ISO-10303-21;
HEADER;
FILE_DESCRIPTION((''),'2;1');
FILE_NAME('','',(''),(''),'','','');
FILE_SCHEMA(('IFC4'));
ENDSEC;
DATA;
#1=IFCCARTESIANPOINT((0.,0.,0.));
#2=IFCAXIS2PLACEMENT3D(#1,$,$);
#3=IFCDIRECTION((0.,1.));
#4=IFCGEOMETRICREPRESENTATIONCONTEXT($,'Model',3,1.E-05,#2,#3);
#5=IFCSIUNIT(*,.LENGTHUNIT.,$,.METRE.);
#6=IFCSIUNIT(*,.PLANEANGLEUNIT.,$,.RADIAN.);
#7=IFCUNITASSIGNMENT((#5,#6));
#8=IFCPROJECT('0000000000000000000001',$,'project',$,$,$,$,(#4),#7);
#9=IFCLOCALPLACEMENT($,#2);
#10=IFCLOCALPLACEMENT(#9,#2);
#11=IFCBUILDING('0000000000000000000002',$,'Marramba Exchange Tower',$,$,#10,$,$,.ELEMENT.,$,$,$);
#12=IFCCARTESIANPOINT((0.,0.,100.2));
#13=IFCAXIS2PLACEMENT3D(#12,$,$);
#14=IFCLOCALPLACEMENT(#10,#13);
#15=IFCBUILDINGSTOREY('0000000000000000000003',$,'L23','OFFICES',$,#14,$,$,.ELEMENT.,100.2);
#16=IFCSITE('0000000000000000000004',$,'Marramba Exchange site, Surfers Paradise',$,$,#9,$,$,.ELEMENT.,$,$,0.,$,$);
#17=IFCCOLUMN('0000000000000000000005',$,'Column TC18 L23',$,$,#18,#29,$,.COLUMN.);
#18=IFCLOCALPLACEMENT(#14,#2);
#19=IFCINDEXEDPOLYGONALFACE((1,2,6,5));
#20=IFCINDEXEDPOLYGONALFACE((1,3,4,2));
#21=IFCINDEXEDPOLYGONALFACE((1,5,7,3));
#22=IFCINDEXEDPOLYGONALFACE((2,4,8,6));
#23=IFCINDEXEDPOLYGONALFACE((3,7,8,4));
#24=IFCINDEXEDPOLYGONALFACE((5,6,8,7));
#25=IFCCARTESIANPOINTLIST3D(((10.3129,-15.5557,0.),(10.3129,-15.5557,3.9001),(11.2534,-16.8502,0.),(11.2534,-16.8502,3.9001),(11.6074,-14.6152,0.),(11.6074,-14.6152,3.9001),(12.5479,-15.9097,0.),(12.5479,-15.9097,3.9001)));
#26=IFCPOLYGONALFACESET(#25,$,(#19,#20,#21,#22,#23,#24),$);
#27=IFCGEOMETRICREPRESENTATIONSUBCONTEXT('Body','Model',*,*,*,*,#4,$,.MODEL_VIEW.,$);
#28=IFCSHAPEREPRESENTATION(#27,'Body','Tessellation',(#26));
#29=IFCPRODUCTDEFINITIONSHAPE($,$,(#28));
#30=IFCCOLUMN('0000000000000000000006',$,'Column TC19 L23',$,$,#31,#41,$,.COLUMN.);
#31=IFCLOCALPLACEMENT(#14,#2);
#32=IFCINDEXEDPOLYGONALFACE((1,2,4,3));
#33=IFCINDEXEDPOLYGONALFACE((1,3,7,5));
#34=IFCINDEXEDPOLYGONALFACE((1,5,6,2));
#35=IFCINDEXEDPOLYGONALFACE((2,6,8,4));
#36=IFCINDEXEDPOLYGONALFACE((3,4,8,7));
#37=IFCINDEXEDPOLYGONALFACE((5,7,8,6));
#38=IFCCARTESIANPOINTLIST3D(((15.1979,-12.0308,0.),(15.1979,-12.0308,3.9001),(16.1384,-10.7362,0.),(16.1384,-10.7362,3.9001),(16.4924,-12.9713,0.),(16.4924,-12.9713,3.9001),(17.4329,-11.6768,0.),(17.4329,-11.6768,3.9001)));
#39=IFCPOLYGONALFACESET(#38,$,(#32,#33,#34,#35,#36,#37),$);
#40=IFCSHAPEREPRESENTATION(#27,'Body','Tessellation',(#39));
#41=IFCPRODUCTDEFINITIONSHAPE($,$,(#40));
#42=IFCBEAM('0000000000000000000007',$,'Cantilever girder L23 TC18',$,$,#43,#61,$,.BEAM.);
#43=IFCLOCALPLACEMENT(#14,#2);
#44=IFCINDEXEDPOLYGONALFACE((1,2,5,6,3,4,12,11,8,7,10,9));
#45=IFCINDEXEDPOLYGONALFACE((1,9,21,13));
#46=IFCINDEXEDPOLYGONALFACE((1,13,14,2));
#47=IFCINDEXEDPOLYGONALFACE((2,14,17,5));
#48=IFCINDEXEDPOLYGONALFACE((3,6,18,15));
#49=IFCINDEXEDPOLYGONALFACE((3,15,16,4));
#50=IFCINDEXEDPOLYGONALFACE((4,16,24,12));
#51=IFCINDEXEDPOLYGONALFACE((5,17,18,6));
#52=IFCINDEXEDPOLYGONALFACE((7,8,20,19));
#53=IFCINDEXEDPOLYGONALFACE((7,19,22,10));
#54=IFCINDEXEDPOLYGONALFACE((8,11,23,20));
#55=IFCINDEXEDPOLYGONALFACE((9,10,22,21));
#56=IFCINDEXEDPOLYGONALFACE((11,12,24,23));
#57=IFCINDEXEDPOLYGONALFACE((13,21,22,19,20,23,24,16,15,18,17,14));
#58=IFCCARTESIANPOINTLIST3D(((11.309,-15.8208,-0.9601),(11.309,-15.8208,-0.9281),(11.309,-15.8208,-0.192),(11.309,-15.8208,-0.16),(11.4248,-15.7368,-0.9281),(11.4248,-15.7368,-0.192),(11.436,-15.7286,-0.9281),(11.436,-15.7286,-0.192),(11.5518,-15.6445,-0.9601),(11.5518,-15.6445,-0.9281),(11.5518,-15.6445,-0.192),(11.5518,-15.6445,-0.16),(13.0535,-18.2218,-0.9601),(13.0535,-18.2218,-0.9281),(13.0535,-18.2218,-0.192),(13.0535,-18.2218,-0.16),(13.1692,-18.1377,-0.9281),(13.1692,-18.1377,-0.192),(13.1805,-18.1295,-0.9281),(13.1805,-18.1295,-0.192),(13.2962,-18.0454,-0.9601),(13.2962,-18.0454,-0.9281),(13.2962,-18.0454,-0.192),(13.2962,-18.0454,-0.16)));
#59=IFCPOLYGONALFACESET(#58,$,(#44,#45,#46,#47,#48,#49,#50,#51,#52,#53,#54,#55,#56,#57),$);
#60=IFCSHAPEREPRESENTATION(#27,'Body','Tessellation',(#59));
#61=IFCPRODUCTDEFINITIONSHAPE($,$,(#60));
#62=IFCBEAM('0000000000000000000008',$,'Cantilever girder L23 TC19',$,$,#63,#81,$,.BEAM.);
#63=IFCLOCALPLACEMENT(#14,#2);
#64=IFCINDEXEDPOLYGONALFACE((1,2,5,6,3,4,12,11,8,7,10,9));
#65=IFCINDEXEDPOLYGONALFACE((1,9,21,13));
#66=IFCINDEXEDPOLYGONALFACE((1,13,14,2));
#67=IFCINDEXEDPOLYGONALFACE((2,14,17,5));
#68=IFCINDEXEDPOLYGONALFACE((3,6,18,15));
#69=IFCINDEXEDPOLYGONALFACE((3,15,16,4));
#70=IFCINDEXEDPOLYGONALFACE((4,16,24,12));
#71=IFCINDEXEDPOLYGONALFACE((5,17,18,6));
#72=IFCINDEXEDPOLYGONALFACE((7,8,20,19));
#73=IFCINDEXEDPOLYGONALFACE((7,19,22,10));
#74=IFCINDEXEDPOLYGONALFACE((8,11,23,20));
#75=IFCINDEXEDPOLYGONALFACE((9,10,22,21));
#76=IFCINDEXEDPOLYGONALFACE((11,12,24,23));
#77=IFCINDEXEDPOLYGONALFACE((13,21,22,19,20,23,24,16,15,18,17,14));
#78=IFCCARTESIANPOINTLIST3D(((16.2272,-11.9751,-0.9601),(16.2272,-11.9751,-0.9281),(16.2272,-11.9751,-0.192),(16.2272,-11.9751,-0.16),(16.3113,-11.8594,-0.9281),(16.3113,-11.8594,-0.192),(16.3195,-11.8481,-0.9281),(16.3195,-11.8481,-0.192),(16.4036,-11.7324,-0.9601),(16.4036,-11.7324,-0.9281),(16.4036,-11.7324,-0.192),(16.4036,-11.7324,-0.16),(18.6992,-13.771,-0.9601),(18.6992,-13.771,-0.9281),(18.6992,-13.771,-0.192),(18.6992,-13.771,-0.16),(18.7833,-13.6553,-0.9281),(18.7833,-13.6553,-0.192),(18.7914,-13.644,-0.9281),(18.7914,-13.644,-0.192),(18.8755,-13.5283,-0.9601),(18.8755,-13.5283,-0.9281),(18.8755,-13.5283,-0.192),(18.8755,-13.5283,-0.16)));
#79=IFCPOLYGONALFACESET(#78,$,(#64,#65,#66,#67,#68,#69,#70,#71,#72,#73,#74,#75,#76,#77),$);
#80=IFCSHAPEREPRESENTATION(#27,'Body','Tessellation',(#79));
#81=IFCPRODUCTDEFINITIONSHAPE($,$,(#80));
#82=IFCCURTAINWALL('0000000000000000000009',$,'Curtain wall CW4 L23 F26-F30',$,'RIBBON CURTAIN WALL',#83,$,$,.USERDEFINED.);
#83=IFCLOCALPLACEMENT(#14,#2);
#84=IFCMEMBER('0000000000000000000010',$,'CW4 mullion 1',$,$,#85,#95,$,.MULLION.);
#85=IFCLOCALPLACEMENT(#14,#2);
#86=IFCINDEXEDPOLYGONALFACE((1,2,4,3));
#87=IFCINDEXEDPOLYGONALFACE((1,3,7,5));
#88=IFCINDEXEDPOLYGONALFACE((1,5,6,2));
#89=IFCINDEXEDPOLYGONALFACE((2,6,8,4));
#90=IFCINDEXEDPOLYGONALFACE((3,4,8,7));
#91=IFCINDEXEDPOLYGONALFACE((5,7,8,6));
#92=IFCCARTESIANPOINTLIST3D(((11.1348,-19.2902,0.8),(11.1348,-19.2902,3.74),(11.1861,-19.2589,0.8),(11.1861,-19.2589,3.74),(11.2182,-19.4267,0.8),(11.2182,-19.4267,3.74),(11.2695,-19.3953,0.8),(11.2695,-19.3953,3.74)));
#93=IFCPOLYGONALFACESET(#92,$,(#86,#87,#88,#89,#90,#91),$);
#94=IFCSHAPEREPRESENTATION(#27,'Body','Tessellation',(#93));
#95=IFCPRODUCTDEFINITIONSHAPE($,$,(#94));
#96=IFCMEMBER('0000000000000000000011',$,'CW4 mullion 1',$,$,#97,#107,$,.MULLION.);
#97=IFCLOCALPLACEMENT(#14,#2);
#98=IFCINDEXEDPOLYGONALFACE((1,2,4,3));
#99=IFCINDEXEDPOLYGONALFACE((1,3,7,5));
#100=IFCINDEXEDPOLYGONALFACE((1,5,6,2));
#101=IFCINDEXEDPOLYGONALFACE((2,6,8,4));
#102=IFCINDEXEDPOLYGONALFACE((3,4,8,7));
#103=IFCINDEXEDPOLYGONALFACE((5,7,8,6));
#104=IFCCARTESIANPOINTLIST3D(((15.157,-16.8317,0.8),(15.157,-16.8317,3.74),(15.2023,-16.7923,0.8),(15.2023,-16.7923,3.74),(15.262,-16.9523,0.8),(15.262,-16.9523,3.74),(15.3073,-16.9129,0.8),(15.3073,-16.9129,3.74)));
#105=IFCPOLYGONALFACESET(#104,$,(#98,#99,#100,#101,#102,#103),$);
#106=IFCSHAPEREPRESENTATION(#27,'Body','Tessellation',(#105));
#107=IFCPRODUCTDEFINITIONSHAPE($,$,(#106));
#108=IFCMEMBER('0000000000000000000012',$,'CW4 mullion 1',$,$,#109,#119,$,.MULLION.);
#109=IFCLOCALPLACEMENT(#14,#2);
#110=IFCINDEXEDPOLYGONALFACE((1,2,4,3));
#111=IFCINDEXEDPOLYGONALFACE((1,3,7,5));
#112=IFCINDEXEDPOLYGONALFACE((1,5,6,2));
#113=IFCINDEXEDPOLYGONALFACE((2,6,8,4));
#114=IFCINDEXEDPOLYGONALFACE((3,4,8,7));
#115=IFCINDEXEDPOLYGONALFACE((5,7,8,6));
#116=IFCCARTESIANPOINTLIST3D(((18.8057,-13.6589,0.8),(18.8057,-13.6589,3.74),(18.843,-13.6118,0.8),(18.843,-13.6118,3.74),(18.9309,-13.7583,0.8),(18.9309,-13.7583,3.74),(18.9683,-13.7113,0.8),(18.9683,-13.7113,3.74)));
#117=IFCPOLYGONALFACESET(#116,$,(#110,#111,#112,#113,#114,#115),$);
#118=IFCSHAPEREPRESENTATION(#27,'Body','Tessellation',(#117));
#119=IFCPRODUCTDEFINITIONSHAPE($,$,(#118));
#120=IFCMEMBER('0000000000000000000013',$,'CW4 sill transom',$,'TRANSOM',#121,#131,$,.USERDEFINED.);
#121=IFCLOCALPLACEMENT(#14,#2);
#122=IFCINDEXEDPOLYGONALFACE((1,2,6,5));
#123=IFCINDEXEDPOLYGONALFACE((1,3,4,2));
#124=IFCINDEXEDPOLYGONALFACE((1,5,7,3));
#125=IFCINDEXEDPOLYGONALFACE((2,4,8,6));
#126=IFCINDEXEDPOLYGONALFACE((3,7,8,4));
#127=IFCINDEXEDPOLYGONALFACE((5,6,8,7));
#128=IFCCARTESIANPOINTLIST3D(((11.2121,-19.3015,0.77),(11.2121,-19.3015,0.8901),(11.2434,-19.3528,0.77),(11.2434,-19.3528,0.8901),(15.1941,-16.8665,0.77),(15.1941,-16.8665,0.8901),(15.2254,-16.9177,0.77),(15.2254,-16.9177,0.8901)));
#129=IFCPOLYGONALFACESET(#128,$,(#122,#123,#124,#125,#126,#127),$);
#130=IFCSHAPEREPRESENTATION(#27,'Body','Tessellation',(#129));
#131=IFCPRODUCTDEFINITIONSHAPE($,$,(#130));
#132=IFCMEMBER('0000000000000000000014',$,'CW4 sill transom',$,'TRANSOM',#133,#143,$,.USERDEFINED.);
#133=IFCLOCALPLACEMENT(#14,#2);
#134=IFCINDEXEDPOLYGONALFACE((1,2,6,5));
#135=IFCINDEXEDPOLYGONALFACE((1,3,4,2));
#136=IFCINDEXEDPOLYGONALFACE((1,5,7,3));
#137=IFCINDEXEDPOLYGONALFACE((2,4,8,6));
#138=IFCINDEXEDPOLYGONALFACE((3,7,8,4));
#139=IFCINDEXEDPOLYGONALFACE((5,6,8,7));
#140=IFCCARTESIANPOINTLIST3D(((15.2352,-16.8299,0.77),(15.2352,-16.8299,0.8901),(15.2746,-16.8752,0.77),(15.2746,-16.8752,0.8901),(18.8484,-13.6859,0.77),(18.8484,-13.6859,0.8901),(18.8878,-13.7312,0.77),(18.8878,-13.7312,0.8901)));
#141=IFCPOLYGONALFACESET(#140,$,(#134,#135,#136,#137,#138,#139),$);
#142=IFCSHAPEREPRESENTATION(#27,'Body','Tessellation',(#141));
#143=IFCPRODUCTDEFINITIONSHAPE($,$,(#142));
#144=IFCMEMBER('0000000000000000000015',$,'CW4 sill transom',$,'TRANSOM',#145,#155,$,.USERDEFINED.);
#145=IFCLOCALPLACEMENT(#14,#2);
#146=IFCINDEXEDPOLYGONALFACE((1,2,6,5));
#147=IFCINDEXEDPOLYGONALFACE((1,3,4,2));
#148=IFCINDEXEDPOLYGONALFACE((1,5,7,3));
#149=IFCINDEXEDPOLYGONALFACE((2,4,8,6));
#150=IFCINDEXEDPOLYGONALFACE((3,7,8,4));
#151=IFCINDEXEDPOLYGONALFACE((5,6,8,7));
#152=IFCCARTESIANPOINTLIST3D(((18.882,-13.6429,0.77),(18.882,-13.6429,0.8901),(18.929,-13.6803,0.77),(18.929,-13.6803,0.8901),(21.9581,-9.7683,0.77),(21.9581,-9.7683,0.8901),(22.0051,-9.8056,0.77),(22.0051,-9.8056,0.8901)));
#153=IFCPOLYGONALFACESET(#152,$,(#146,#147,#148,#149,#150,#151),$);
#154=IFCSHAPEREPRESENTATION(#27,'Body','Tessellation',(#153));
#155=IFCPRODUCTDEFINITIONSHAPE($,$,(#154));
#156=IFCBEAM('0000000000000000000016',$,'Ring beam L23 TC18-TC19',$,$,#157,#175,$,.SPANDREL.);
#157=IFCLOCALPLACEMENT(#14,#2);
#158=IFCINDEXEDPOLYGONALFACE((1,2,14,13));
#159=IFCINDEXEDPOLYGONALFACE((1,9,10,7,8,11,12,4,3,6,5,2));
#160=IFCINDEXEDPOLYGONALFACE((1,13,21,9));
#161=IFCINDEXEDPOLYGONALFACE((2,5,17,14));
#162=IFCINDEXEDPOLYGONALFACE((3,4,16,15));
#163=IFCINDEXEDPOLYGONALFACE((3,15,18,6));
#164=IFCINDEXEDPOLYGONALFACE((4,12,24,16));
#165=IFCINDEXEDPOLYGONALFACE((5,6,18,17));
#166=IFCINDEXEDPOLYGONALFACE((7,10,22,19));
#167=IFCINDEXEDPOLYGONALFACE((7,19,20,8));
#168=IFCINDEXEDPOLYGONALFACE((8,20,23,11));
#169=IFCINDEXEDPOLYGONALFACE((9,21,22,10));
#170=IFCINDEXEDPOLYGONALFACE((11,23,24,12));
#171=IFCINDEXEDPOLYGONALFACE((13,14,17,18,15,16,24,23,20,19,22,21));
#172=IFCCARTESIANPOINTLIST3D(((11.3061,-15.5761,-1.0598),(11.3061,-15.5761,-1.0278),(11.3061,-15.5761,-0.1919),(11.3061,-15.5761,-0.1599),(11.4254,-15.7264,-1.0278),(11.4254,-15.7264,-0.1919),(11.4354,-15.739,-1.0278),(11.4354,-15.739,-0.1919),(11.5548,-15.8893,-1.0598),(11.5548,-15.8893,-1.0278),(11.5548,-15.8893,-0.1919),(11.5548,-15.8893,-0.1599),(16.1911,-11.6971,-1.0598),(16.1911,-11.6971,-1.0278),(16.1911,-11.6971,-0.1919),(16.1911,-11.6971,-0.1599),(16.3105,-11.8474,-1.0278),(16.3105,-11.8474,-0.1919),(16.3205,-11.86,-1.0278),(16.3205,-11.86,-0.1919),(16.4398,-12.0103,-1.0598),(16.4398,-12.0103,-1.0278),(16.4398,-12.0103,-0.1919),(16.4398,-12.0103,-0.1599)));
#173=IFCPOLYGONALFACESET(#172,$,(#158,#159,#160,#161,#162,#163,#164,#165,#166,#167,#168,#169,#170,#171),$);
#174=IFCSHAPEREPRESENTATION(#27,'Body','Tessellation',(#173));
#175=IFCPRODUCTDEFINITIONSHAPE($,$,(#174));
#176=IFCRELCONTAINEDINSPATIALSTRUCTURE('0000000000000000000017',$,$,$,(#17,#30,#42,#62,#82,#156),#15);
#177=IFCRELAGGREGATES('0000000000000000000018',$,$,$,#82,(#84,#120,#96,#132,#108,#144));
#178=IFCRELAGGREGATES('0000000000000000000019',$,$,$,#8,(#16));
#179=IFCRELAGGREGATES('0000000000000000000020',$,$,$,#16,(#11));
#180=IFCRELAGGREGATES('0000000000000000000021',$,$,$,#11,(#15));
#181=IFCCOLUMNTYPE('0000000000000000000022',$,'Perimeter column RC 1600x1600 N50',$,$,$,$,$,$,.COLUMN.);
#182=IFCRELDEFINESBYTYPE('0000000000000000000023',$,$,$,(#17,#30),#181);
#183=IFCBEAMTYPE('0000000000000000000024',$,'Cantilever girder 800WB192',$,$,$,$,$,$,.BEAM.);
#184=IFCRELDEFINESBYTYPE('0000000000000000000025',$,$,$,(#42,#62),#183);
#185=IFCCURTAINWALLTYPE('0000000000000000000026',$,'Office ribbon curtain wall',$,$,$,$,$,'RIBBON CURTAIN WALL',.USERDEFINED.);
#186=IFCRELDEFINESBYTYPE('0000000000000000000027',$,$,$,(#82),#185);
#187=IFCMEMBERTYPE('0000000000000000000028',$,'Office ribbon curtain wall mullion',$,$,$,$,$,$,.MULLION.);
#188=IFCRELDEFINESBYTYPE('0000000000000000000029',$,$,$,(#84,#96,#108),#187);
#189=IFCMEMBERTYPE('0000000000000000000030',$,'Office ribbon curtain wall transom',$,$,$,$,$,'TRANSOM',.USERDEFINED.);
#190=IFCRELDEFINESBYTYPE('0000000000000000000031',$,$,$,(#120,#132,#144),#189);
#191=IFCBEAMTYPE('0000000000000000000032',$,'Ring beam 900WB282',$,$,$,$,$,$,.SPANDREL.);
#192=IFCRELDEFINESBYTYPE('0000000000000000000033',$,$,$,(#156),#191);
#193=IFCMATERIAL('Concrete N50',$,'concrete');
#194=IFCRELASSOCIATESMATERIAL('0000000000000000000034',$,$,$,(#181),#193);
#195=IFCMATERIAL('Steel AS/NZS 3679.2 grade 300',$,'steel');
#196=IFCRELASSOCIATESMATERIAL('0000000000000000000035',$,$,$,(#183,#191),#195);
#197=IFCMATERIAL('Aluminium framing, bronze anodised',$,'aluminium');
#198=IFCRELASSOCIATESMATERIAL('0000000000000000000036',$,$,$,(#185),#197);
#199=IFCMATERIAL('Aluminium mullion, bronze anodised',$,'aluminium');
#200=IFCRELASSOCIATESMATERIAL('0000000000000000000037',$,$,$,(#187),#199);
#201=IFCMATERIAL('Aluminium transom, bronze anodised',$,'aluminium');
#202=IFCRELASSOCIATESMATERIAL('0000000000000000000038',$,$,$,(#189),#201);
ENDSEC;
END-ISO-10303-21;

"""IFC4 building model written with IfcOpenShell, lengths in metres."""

from ifc_helpers import new_model, si_unit, direction, frame, origin, origin_2d, place, context, subcontext, project, spatial, rectangle, i_section, extrude, material, material_profile, profile_set, type_object, element, aggregate, save


model = new_model("IFC4")

# Units and contexts
model_context = context("Model", 3, precision=1e-05, world=origin(), true_north=direction((0.0, 1.0)))
body_context = subcontext(model_context, "Body", "Model", "MODEL_VIEW")
ifc_project = project(units=[si_unit("LENGTHUNIT", "METRE"), si_unit("PLANEANGLEUNIT", "RADIAN")], contexts=[model_context])

# Site, building, storey
site_placement = place(None, origin())
site = spatial("IfcSite", under=ifc_project, at=site_placement, Name="Marramba Exchange site, Surfers Paradise", CompositionType="ELEMENT", RefElevation=0.0)
building_placement = place(site_placement, origin())
building = spatial("IfcBuilding", under=site, at=building_placement, Name="Marramba Exchange Tower", CompositionType="ELEMENT")
storey_placement = place(building_placement, frame((0.0, 0.0, 100.2)))
storey = spatial("IfcBuildingStorey", under=building, at=storey_placement, Name="L23", Description="OFFICES", CompositionType="ELEMENT", Elevation=100.2)

# Columns
ifc_material_1 = material(Name="Concrete N50", Category="concrete")
ifc_material_profile_1 = material_profile(ifc_material_1, rectangle(XDim=1.6001, YDim=1.6001, at=origin_2d()), Name="RC 1600x1600")
ifc_profile_set_1 = profile_set([ifc_material_profile_1], Name="Concrete N50")
column_type = type_object("IfcColumnType", Name="Perimeter column RC 1600x1600 N50", PredefinedType="COLUMN", material=ifc_profile_set_1)
for number, where, z_axis, x_axis, name in (
    (1, (11.4304, -15.7327, 0.0), (0.0, 0.0, 1.0), (0.587785, -0.809017, 0.0), "Column TC18 L23"),
    (2, (16.3154, -11.8538, 0.0), (0.0, 0.0, 1.0), (0.809017, -0.587785, 0.0), "Column TC19 L23"),
):
    element("IfcColumn", number, at=place(storey_placement, frame(where, z_axis=z_axis, x_axis=x_axis)), inside=storey, type_object=column_type, Name=name, PredefinedType="COLUMN", context=body_context, shape_type="SweptSolid", body=[
        extrude(rectangle(XDim=1.6001, YDim=1.6001, at=origin_2d()), origin(), (0.0, 0.0, 1.0), 3.9001),
    ])

# Beams
ifc_material_2 = material(Name="Steel AS/NZS 3679.2 grade 300", Category="steel")
ifc_material_profile_2 = material_profile(ifc_material_2, i_section(OverallWidth=0.3, OverallDepth=0.8, WebThickness=0.0139, FlangeThickness=0.032, at=origin_2d()), Name="800WB192")
ifc_profile_set_2 = profile_set([ifc_material_profile_2], Name="Steel AS/NZS 3679.2 grade 300")
beam_type_1 = type_object("IfcBeamType", Name="Cantilever girder 800WB192", PredefinedType="BEAM", material=ifc_profile_set_2)
beam_1_placement = place(storey_placement, frame((11.4304, -15.7327, -0.5601), z_axis=(0.587795, -0.80901, 0.0), x_axis=(0.80901, 0.587795, 0.0)))
element("IfcBeam", 3, at=beam_1_placement, inside=storey, type_object=beam_type_1, Name="Cantilever girder L23 TC18", PredefinedType="BEAM", context=body_context, shape_type="SweptSolid", body=[
    extrude(i_section(OverallWidth=0.3, OverallDepth=0.8, WebThickness=0.0139, FlangeThickness=0.032, at=origin_2d()), origin(), (0.0, 0.0, 1.0), 2.9678),
])
beam_2_placement = place(storey_placement, frame((16.3154, -11.8538, -0.5601), z_axis=(0.809026, -0.587773, 0.0), x_axis=(0.587773, 0.809026, 0.0)))
element("IfcBeam", 4, at=beam_2_placement, inside=storey, type_object=beam_type_1, Name="Cantilever girder L23 TC19", PredefinedType="BEAM", context=body_context, shape_type="SweptSolid", body=[
    extrude(i_section(OverallWidth=0.3, OverallDepth=0.8, WebThickness=0.0139, FlangeThickness=0.032, at=origin_2d()), origin(), (0.0, 0.0, 1.0), 3.0554),
])

# Curtain wall, members
ifc_material_3 = material(Name="Aluminium framing, bronze anodised", Category="aluminium")
curtain_wall_type = type_object("IfcCurtainWallType", Name="Office ribbon curtain wall", ElementType="RIBBON CURTAIN WALL", PredefinedType="USERDEFINED", material=ifc_material_3)
curtain_wall_placement = place(storey_placement, origin())
curtain_wall = element("IfcCurtainWall", 5, at=curtain_wall_placement, inside=storey, type_object=curtain_wall_type, Name="Curtain wall CW4 L23 F26-F30", ObjectType="RIBBON CURTAIN WALL", PredefinedType="USERDEFINED")
ifc_material_4 = material(Name="Aluminium mullion, bronze anodised", Category="aluminium")
ifc_material_profile_3 = material_profile(ifc_material_4, rectangle(XDim=0.1599, YDim=0.0601, at=origin_2d()), Name="CW4 mullion 60x160")
ifc_profile_set_3 = profile_set([ifc_material_profile_3], Name="Aluminium mullion, bronze anodised")
member_type_1 = type_object("IfcMemberType", Name="Office ribbon curtain wall mullion", PredefinedType="MULLION", material=ifc_profile_set_3)
member_1_placement = place(storey_placement, frame((11.2021, -19.3428, 0.8), z_axis=(0.0, 0.0, 1.0), x_axis=(-0.521733, 0.853109, 0.0)))
member_1 = element("IfcMember", 6, at=member_1_placement, type_object=member_type_1, Name="CW4 mullion 1", PredefinedType="MULLION", context=body_context, shape_type="SweptSolid", body=[
    extrude(rectangle(XDim=0.1599, YDim=0.0601, at=origin_2d()), origin(), (0.0, 0.0, 1.0), 2.9399),
])
member_2_placement = place(storey_placement, frame((15.2322, -16.8723, 0.8), z_axis=(0.0, 0.0, 1.0), x_axis=(-0.656432, 0.754386, 0.0)))
member_2 = element("IfcMember", 7, at=member_2_placement, type_object=member_type_1, Name="CW4 mullion 1", PredefinedType="MULLION", context=body_context, shape_type="SweptSolid", body=[
    extrude(rectangle(XDim=0.1599, YDim=0.0601, at=origin_2d()), origin(), (0.0, 0.0, 1.0), 2.9399),
])
member_3_placement = place(storey_placement, frame((18.887, -13.6851, 0.8), z_axis=(0.0, 0.0, 1.0), x_axis=(-0.78317, 0.621807, 0.0)))
member_3 = element("IfcMember", 8, at=member_3_placement, type_object=member_type_1, Name="CW4 mullion 1", PredefinedType="MULLION", context=body_context, shape_type="SweptSolid", body=[
    extrude(rectangle(XDim=0.1599, YDim=0.0601, at=origin_2d()), origin(), (0.0, 0.0, 1.0), 2.9399),
])
ifc_material_5 = material(Name="Aluminium transom, bronze anodised", Category="aluminium")
ifc_material_profile_4 = material_profile(ifc_material_5, rectangle(XDim=0.0601, YDim=0.1201, at=origin_2d()), Name="CW4 transom 60x120")
ifc_profile_set_4 = profile_set([ifc_material_profile_4], Name="Aluminium transom, bronze anodised")
member_type_2 = type_object("IfcMemberType", Name="Office ribbon curtain wall transom", ElementType="TRANSOM", PredefinedType="USERDEFINED", material=ifc_profile_set_4)
member_4_placement = place(storey_placement, frame((11.2278, -19.3271, 0.8301), z_axis=(0.853124, 0.521708, 0.0), x_axis=(-0.521708, 0.853124, 0.0)))
member_4 = element("IfcMember", 9, at=member_4_placement, type_object=member_type_2, Name="CW4 sill transom", ObjectType="TRANSOM", PredefinedType="USERDEFINED", context=body_context, shape_type="SweptSolid", body=[
    extrude(rectangle(XDim=0.0601, YDim=0.1201, at=origin_2d()), origin(), (0.0, 0.0, 1.0), 4.6675),
])
member_5_placement = place(storey_placement, frame((15.2549, -16.8525, 0.8301), z_axis=(0.754393, 0.656424, 0.0), x_axis=(-0.656424, 0.754393, 0.0)))
member_5 = element("IfcMember", 10, at=member_5_placement, type_object=member_type_2, Name="CW4 sill transom", ObjectType="TRANSOM", PredefinedType="USERDEFINED", context=body_context, shape_type="SweptSolid", body=[
    extrude(rectangle(XDim=0.0601, YDim=0.1201, at=origin_2d()), origin(), (0.0, 0.0, 1.0), 4.7896),
])
member_6_placement = place(storey_placement, frame((18.9055, -13.6616, 0.8301), z_axis=(0.621778, 0.783194, 0.0), x_axis=(-0.783194, 0.621778, 0.0)))
member_6 = element("IfcMember", 11, at=member_6_placement, type_object=member_type_2, Name="CW4 sill transom", ObjectType="TRANSOM", PredefinedType="USERDEFINED", context=body_context, shape_type="SweptSolid", body=[
    extrude(rectangle(XDim=0.0601, YDim=0.1201, at=origin_2d()), origin(), (0.0, 0.0, 1.0), 4.9473),
])

# Beam
ifc_material_profile_5 = material_profile(ifc_material_2, i_section(OverallWidth=0.3999, OverallDepth=0.8999, WebThickness=0.0161, FlangeThickness=0.032, at=origin_2d()), Name="900WB282")
ifc_profile_set_5 = profile_set([ifc_material_profile_5], Name="Steel AS/NZS 3679.2 grade 300")
beam_type_2 = type_object("IfcBeamType", Name="Ring beam 900WB282", PredefinedType="SPANDREL", material=ifc_profile_set_5)
beam_3_placement = place(storey_placement, frame((11.4304, -15.7327, -0.6099), z_axis=(0.783139, 0.621846, 0.0), x_axis=(-0.621846, 0.783139, 0.0)))
element("IfcBeam", 12, at=beam_3_placement, inside=storey, type_object=beam_type_2, Name="Ring beam L23 TC18-TC19", PredefinedType="SPANDREL", context=body_context, shape_type="SweptSolid", body=[
    extrude(i_section(OverallWidth=0.3999, OverallDepth=0.8999, WebThickness=0.0161, FlangeThickness=0.032, at=origin_2d()), origin(), (0.0, 0.0, 1.0), 6.2378),
])

aggregate(curtain_wall, [member_1, member_4, member_2, member_5, member_3, member_6])

save(model, "model.ifc")
